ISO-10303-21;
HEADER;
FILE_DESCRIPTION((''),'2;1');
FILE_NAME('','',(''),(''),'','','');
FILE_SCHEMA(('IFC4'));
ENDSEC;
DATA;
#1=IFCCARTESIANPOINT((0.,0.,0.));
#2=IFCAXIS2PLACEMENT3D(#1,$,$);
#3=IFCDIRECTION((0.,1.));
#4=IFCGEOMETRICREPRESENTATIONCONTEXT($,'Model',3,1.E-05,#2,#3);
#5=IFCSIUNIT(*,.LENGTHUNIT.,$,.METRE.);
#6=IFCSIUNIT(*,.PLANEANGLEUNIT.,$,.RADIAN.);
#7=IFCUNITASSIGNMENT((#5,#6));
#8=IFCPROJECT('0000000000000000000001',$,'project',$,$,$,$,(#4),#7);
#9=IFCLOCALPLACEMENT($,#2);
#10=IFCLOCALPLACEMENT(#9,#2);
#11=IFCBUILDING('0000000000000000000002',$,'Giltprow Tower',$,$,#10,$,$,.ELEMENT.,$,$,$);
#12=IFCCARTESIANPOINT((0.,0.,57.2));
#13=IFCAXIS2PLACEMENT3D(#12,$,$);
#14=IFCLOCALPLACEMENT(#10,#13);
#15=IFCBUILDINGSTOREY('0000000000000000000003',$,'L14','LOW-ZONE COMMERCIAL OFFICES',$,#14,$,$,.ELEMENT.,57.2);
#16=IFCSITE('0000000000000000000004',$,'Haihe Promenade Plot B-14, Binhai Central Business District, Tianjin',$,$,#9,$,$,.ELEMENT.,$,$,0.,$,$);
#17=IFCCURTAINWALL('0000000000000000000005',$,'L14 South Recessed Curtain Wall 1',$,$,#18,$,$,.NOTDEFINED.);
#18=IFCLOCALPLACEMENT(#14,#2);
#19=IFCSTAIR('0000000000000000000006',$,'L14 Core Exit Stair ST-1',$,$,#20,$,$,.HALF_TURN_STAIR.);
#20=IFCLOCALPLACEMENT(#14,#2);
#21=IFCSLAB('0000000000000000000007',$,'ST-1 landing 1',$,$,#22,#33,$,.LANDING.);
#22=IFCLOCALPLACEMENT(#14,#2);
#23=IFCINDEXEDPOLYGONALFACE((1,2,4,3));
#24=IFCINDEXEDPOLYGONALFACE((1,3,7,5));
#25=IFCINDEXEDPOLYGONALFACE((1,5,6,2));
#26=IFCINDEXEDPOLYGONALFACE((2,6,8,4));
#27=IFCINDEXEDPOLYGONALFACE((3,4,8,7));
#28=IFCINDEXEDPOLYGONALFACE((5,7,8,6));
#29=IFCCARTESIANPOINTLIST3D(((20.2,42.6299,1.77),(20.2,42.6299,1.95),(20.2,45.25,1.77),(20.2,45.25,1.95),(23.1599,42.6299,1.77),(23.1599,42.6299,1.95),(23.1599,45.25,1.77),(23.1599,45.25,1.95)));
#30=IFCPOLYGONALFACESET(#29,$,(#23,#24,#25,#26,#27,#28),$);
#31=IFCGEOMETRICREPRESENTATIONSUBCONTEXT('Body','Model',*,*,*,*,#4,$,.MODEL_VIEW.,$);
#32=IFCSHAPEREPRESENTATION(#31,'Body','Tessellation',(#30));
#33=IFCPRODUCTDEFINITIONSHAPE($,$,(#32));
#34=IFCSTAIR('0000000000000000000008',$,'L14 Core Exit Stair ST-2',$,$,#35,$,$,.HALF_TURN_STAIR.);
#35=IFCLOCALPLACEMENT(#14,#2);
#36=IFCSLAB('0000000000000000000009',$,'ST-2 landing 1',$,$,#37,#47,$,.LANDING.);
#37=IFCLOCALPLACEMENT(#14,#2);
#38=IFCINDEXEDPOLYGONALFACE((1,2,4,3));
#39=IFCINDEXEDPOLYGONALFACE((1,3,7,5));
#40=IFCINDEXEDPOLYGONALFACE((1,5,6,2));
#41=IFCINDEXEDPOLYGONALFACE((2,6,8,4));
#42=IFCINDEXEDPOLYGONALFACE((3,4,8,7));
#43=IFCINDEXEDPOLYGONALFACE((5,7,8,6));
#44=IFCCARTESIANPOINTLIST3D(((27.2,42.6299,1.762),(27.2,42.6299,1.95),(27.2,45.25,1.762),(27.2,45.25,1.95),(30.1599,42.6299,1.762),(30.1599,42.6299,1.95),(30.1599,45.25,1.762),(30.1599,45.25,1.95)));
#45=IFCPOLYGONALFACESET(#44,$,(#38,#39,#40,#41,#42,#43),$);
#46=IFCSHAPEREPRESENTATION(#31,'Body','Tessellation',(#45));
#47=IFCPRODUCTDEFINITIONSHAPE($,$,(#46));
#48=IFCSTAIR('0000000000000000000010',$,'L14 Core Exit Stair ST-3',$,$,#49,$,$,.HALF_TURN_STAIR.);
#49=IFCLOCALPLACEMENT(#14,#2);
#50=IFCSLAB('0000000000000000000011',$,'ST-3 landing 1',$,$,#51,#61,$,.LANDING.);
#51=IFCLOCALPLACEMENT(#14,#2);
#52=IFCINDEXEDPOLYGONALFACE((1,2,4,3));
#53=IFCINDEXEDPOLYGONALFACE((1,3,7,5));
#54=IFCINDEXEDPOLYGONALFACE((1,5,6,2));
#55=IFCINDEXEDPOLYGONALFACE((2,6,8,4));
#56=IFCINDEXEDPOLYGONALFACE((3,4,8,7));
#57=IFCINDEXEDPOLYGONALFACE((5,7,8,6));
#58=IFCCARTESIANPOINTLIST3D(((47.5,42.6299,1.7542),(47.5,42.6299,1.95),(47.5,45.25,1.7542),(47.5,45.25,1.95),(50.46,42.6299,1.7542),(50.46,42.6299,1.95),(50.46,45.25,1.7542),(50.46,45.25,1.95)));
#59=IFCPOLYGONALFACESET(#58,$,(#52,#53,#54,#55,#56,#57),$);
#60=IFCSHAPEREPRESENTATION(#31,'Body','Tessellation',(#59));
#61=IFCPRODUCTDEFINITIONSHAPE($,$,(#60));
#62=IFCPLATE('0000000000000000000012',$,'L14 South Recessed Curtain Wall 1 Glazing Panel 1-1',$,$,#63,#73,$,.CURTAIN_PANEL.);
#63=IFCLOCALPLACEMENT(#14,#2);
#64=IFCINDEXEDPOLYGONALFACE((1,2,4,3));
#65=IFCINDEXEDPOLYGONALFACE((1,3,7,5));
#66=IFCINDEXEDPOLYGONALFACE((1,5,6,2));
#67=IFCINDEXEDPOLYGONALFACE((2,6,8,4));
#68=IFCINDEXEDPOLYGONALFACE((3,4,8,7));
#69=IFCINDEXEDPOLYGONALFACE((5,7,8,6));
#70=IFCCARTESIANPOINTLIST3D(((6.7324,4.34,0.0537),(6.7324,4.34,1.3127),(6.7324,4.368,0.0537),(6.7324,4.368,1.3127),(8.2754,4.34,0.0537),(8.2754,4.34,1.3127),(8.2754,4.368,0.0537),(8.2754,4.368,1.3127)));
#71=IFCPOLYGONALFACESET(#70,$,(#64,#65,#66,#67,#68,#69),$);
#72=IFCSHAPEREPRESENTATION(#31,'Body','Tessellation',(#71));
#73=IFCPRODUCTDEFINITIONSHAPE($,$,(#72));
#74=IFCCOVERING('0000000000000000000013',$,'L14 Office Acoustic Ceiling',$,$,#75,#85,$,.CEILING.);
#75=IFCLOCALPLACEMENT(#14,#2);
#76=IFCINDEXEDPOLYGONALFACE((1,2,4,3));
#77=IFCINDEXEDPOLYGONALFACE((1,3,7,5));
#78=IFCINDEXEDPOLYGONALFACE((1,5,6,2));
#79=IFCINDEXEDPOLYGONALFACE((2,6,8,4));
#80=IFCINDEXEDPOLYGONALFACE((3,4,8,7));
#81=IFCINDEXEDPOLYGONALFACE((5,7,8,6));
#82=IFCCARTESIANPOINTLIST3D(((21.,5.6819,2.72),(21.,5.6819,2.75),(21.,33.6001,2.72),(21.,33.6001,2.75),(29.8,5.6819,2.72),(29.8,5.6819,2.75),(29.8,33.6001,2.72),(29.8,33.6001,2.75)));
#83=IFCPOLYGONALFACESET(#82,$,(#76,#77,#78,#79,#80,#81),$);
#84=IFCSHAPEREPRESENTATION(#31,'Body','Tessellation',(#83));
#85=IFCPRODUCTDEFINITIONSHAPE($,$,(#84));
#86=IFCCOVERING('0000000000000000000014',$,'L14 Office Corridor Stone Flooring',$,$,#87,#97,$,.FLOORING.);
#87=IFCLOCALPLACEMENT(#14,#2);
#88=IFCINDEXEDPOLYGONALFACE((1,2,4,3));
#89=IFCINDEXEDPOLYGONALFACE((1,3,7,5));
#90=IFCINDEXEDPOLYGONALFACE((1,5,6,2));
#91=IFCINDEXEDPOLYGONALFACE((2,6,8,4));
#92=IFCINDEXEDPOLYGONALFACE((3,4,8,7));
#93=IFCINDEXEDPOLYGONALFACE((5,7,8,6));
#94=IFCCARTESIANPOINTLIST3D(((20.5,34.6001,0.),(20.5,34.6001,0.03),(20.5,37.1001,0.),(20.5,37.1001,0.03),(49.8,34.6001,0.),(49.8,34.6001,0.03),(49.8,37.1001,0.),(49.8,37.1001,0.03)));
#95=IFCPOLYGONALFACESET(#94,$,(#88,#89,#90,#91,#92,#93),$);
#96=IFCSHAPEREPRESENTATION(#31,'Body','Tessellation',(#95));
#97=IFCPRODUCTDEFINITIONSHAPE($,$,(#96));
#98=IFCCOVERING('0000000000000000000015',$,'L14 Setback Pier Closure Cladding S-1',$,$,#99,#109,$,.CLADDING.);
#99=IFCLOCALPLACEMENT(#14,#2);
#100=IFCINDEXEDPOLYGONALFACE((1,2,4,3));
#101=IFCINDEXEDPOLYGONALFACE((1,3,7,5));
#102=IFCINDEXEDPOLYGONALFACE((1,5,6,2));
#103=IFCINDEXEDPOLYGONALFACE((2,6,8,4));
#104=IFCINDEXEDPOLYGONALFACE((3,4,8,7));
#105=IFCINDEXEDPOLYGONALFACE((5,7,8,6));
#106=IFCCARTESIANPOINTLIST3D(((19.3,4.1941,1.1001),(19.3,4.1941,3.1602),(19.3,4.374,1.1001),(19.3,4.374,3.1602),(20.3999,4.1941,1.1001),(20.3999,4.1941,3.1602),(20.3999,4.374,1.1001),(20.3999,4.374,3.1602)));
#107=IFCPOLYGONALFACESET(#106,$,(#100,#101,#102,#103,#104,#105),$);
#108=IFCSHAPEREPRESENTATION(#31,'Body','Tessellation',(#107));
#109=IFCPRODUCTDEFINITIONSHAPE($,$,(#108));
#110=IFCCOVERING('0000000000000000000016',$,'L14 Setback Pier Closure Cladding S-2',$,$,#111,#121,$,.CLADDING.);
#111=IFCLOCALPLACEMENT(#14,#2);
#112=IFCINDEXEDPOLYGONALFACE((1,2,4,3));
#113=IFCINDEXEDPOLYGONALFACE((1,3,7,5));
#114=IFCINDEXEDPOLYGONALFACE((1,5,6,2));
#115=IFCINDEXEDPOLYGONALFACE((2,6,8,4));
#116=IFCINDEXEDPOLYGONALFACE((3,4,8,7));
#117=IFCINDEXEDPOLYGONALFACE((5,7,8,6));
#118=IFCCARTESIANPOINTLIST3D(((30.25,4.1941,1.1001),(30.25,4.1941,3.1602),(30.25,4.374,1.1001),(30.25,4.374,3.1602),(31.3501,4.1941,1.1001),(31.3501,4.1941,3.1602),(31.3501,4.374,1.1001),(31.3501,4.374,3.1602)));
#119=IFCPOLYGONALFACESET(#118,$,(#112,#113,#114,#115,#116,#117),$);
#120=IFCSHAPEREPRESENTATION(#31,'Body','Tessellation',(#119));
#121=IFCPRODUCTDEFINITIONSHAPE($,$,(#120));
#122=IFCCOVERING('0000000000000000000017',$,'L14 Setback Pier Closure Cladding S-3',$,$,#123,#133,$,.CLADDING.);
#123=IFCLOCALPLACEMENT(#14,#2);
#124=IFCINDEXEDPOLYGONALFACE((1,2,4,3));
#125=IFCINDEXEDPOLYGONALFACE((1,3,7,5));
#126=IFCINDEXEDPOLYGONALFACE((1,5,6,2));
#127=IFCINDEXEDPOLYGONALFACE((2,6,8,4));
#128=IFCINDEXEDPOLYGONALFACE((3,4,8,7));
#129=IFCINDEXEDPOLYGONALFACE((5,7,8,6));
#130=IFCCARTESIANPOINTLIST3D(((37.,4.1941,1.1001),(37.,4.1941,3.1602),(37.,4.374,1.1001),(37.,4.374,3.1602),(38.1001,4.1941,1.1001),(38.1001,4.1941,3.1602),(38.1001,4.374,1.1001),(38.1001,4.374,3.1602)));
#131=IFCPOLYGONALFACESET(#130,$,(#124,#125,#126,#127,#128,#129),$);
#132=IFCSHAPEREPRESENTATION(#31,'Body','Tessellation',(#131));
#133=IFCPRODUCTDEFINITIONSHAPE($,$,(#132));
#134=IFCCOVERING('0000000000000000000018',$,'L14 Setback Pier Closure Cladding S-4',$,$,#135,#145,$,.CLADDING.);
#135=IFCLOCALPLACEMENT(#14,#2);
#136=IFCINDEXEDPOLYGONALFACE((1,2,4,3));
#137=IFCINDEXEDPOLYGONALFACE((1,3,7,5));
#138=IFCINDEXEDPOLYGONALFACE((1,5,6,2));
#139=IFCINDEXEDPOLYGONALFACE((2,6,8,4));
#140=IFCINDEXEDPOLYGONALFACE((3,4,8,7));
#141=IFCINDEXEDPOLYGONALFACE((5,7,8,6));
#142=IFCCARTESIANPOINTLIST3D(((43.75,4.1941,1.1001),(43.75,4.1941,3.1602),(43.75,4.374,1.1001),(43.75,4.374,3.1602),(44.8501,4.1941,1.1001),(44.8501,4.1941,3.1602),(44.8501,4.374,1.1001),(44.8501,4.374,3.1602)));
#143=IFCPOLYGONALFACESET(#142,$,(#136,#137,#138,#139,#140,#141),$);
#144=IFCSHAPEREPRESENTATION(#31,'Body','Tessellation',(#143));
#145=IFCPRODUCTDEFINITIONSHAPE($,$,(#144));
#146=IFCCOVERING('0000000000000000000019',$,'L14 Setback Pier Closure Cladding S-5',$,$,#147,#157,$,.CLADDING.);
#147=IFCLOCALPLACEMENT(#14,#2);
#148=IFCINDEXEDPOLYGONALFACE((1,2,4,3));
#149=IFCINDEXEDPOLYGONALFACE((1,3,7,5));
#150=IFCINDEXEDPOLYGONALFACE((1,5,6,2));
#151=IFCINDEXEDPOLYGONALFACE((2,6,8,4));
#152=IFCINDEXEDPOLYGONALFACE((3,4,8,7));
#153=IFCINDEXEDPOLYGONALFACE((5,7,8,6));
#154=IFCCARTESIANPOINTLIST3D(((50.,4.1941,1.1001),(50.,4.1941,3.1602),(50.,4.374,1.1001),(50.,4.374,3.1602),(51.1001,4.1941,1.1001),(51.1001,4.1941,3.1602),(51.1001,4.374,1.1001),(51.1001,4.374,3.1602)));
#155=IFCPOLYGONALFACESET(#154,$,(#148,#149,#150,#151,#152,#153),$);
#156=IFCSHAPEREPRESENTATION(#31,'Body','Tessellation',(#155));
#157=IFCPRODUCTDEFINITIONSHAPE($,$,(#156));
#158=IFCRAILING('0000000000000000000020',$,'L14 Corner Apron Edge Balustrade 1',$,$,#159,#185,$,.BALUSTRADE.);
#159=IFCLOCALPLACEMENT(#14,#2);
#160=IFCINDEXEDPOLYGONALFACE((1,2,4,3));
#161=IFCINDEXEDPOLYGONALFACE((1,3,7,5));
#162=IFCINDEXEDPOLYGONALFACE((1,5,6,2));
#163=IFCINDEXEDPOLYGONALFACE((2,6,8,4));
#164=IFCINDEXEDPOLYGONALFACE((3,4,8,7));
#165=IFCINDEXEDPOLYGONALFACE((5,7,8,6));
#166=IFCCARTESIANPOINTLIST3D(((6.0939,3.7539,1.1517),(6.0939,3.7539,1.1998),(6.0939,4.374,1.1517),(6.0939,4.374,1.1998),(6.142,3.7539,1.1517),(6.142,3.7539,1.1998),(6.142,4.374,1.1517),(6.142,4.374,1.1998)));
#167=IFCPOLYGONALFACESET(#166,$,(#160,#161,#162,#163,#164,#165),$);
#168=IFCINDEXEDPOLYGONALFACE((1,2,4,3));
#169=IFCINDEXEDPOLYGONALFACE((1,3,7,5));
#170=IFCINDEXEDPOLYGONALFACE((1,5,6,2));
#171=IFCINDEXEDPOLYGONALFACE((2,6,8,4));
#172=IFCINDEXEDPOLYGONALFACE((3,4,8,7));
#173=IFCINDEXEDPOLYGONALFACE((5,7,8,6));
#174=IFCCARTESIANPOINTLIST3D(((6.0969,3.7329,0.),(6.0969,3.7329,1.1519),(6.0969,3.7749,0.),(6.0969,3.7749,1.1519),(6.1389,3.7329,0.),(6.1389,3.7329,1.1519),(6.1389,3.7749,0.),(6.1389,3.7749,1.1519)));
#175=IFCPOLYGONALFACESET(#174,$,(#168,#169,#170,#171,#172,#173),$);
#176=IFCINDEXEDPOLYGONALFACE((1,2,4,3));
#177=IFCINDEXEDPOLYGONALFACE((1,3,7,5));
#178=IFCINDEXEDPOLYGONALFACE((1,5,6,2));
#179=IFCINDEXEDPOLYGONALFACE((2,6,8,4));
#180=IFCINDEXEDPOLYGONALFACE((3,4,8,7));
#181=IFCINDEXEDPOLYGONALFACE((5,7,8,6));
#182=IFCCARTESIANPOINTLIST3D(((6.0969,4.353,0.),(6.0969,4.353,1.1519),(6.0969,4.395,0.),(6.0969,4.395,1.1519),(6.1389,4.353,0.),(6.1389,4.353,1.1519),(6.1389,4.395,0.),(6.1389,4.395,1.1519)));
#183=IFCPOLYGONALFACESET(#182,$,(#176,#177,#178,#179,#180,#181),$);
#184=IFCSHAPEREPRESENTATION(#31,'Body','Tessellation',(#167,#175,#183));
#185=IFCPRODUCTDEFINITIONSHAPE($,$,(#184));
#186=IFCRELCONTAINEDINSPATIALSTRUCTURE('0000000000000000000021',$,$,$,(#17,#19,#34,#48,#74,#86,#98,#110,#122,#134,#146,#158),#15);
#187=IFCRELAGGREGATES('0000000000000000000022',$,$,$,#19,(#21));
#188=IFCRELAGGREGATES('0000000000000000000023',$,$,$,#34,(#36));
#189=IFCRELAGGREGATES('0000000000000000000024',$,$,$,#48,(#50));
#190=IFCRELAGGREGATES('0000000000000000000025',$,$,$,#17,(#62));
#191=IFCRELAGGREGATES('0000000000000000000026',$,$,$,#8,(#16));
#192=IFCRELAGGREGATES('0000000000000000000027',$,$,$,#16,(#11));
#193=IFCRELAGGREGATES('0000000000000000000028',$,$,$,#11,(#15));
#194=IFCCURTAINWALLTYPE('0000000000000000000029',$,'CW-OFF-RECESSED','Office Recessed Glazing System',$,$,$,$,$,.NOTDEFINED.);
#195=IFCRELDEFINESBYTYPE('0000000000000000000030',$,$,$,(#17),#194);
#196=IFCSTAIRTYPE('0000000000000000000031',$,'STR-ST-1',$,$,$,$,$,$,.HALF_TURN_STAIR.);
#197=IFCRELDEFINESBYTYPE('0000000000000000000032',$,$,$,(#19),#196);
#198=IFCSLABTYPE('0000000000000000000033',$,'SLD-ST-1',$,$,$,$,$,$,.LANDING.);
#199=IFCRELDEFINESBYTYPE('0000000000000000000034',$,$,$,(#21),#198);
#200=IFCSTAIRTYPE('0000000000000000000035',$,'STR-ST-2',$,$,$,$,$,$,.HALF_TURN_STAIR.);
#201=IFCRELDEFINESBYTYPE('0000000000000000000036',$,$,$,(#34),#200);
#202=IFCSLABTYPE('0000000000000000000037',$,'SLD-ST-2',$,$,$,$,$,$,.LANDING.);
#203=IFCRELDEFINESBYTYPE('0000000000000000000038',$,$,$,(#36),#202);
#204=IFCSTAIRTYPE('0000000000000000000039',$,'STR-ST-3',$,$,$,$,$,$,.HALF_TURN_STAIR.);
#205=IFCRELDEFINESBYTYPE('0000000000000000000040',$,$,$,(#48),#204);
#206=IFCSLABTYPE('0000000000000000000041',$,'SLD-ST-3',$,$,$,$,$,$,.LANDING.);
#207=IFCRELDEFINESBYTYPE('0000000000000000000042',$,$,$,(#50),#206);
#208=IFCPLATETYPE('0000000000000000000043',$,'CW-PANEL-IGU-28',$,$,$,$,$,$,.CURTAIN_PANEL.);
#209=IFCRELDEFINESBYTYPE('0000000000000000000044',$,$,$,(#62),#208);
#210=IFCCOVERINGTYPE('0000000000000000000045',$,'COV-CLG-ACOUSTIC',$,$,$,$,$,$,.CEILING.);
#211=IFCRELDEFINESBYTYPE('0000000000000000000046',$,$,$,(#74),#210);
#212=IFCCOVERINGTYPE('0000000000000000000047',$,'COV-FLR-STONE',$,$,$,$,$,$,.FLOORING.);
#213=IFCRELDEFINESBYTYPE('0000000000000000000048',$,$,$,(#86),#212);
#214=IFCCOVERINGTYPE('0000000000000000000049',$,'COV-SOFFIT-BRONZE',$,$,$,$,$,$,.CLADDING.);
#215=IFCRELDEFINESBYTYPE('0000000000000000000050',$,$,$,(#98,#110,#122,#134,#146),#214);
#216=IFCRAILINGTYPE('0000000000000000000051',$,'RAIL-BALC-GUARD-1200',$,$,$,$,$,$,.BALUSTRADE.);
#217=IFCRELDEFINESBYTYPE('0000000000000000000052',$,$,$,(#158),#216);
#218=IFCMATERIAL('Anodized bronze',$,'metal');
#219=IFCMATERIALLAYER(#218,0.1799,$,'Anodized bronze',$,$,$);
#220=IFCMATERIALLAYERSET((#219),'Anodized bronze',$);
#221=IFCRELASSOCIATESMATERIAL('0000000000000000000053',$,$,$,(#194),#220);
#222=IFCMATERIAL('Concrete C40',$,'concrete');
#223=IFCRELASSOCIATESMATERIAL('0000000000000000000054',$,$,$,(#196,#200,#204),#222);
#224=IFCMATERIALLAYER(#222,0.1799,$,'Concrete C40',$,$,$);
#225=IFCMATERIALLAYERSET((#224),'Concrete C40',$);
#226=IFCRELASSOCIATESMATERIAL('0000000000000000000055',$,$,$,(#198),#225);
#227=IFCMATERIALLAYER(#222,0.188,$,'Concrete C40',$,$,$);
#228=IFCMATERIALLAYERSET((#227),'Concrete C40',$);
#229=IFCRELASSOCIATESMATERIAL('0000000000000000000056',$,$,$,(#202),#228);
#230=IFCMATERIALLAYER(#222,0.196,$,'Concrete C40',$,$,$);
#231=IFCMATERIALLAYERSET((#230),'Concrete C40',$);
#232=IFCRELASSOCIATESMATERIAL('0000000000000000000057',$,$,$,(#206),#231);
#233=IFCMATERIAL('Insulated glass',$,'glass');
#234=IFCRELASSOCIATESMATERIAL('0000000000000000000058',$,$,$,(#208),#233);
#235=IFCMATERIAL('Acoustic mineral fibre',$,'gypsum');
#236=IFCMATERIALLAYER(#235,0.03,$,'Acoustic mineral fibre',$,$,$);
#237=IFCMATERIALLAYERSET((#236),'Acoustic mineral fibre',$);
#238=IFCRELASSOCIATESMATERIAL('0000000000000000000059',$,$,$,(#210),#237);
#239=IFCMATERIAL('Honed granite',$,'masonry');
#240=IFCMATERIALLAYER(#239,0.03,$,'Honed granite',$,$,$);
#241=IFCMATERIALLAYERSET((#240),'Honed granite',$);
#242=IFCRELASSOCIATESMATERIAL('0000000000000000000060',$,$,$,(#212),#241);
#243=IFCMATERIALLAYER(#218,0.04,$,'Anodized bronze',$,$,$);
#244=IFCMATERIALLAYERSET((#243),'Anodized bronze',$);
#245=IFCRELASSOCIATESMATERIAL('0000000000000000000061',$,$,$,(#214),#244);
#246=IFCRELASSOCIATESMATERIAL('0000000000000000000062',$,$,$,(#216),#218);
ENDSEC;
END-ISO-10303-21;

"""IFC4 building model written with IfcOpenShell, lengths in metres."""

from ifc_helpers import new_model, si_unit, direction, frame, origin, origin_2d, place, context, subcontext, project, spatial, polyline, rectangle, outline, extrude, source, transform, mapped, material, layer, layer_set, type_object, element, aggregate, save


model = new_model("IFC4")

# Units and contexts
model_context = context("Model", 3, precision=1e-05, world=origin(), true_north=direction((0.0, 1.0)))
body_context = subcontext(model_context, "Body", "Model", "MODEL_VIEW")
ifc_project = project(units=[si_unit("LENGTHUNIT", "METRE"), si_unit("PLANEANGLEUNIT", "RADIAN")], contexts=[model_context])

# Site, building, storey
site_placement = place(None, origin())
site = spatial("IfcSite", under=ifc_project, at=site_placement, Name="Haihe Promenade Plot B-14, Binhai Central Business District, Tianjin", CompositionType="ELEMENT", RefElevation=0.0)
building_placement = place(site_placement, origin())
building = spatial("IfcBuilding", under=site, at=building_placement, Name="Giltprow Tower", CompositionType="ELEMENT")
storey_placement = place(building_placement, frame((0.0, 0.0, 57.2)))
storey = spatial("IfcBuildingStorey", under=building, at=storey_placement, Name="L14", Description="LOW-ZONE COMMERCIAL OFFICES", CompositionType="ELEMENT", Elevation=57.2)

# Curtain wall
ifc_material_1 = material(Name="Anodized bronze", Category="metal")
ifc_layer_1 = layer(ifc_material_1, 0.1799, Name="Anodized bronze")
ifc_layer_set_1 = layer_set([ifc_layer_1], Name="Anodized bronze")
curtain_wall_type = type_object("IfcCurtainWallType", Name="CW-OFF-RECESSED", Description="Office Recessed Glazing System", PredefinedType="NOTDEFINED", material=ifc_layer_set_1)
curtain_wall_placement = place(storey_placement, origin())
curtain_wall = element("IfcCurtainWall", 1, at=curtain_wall_placement, inside=storey, type_object=curtain_wall_type, Name="L14 South Recessed Curtain Wall 1", PredefinedType="NOTDEFINED")

# Shared definitions
ifc_material_2 = material(Name="Concrete C40", Category="concrete")

# Stairs, slabs
stair_type_1 = type_object("IfcStairType", Name="STR-ST-1", PredefinedType="HALF_TURN_STAIR", material=ifc_material_2)
stair_1_placement = place(storey_placement, origin())
stair_1 = element("IfcStair", 2, at=stair_1_placement, inside=storey, type_object=stair_type_1, Name="L14 Core Exit Stair ST-1", PredefinedType="HALF_TURN_STAIR")
ifc_layer_2 = layer(ifc_material_2, 0.1799, Name="Concrete C40")
ifc_layer_set_2 = layer_set([ifc_layer_2], Name="Concrete C40")
slab_type_1 = type_object("IfcSlabType", Name="SLD-ST-1", PredefinedType="LANDING", material=ifc_layer_set_2)
slab_1_placement = place(storey_placement, frame((0.0, 0.0, 1.77)))
slab_1 = element("IfcSlab", 3, at=slab_1_placement, type_object=slab_type_1, Name="ST-1 landing 1", PredefinedType="LANDING", context=body_context, shape_type="SweptSolid", body=[
    extrude(outline(polyline([(23.1599, 42.6299), (23.1599, 45.25), (20.2, 45.25), (20.2, 42.6299), (23.1599, 42.6299)])), origin(), (0.0, 0.0, 1.0), 0.1799),
])
aggregate(stair_1, [slab_1])
stair_type_2 = type_object("IfcStairType", Name="STR-ST-2", PredefinedType="HALF_TURN_STAIR", material=ifc_material_2)
stair_2_placement = place(storey_placement, origin())
stair_2 = element("IfcStair", 4, at=stair_2_placement, inside=storey, type_object=stair_type_2, Name="L14 Core Exit Stair ST-2", PredefinedType="HALF_TURN_STAIR")
ifc_layer_3 = layer(ifc_material_2, 0.188, Name="Concrete C40")
ifc_layer_set_3 = layer_set([ifc_layer_3], Name="Concrete C40")
slab_type_2 = type_object("IfcSlabType", Name="SLD-ST-2", PredefinedType="LANDING", material=ifc_layer_set_3)
slab_2_placement = place(storey_placement, frame((0.0, 0.0, 1.762)))
slab_2 = element("IfcSlab", 5, at=slab_2_placement, type_object=slab_type_2, Name="ST-2 landing 1", PredefinedType="LANDING", context=body_context, shape_type="SweptSolid", body=[
    extrude(outline(polyline([(30.1599, 42.6299), (30.1599, 45.25), (27.2, 45.25), (27.2, 42.6299), (30.1599, 42.6299)])), origin(), (0.0, 0.0, 1.0), 0.188),
])
aggregate(stair_2, [slab_2])
stair_type_3 = type_object("IfcStairType", Name="STR-ST-3", PredefinedType="HALF_TURN_STAIR", material=ifc_material_2)
stair_3_placement = place(storey_placement, origin())
stair_3 = element("IfcStair", 6, at=stair_3_placement, inside=storey, type_object=stair_type_3, Name="L14 Core Exit Stair ST-3", PredefinedType="HALF_TURN_STAIR")
ifc_layer_4 = layer(ifc_material_2, 0.196, Name="Concrete C40")
ifc_layer_set_4 = layer_set([ifc_layer_4], Name="Concrete C40")
slab_type_3 = type_object("IfcSlabType", Name="SLD-ST-3", PredefinedType="LANDING", material=ifc_layer_set_4)
slab_3_placement = place(storey_placement, frame((0.0, 0.0, 1.7542)))
slab_3 = element("IfcSlab", 7, at=slab_3_placement, type_object=slab_type_3, Name="ST-3 landing 1", PredefinedType="LANDING", context=body_context, shape_type="SweptSolid", body=[
    extrude(outline(polyline([(50.46, 42.6299), (50.46, 45.25), (47.5, 45.25), (47.5, 42.6299), (50.46, 42.6299)])), origin(), (0.0, 0.0, 1.0), 0.1958),
])
aggregate(stair_3, [slab_3])

# Plate
ifc_material_3 = material(Name="Insulated glass", Category="glass")
plate_type = type_object("IfcPlateType", Name="CW-PANEL-IGU-28", PredefinedType="CURTAIN_PANEL", material=ifc_material_3)
shared_shape_1 = source(origin(), body_context, "Body", "SweptSolid", [
    extrude(rectangle(XDim=1.543, YDim=0.0281, at=origin_2d()), origin(), (0.0, 0.0, 1.0), 1.259),
])
plate_placement = place(storey_placement, frame((7.5039, 4.354, 0.0537), z_axis=(0.0, 0.0, 1.0), x_axis=(1.0, 0.0, 0.0)))
plate = element("IfcPlate", 8, at=plate_placement, type_object=plate_type, Name="L14 South Recessed Curtain Wall 1 Glazing Panel 1-1", PredefinedType="CURTAIN_PANEL", context=body_context, shape_type="MappedRepresentation", body=[
    mapped(shared_shape_1, transform((0.0, 0.0, 0.0), x_axis=(1.0, 0.0, 0.0), y_axis=(0.0, 1.0, 0.0), z_axis=(0.0, 0.0, 1.0), scale=1.0)),
])
aggregate(curtain_wall, [plate])

# Coverings
ifc_material_4 = material(Name="Acoustic mineral fibre", Category="gypsum")
ifc_layer_5 = layer(ifc_material_4, 0.03, Name="Acoustic mineral fibre")
ifc_layer_set_5 = layer_set([ifc_layer_5], Name="Acoustic mineral fibre")
covering_type_1 = type_object("IfcCoveringType", Name="COV-CLG-ACOUSTIC", PredefinedType="CEILING", material=ifc_layer_set_5)
covering_1_placement = place(storey_placement, frame((0.0, 0.0, 2.72)))
element("IfcCovering", 9, at=covering_1_placement, inside=storey, type_object=covering_type_1, Name="L14 Office Acoustic Ceiling", PredefinedType="CEILING", context=body_context, shape_type="SweptSolid", body=[
    extrude(outline(polyline([(21.0, 5.6819), (29.8, 5.6819), (29.8, 33.6001), (21.0, 33.6001), (21.0, 5.6819)])), origin(), (0.0, 0.0, 1.0), 0.03),
])
ifc_material_5 = material(Name="Honed granite", Category="masonry")
ifc_layer_6 = layer(ifc_material_5, 0.03, Name="Honed granite")
ifc_layer_set_6 = layer_set([ifc_layer_6], Name="Honed granite")
covering_type_2 = type_object("IfcCoveringType", Name="COV-FLR-STONE", PredefinedType="FLOORING", material=ifc_layer_set_6)
covering_2_placement = place(storey_placement, origin())
element("IfcCovering", 10, at=covering_2_placement, inside=storey, type_object=covering_type_2, Name="L14 Office Corridor Stone Flooring", PredefinedType="FLOORING", context=body_context, shape_type="SweptSolid", body=[
    extrude(outline(polyline([(20.5, 34.6001), (49.8, 34.6001), (49.8, 37.1001), (20.5, 37.1001), (20.5, 34.6001)])), origin(), (0.0, 0.0, 1.0), 0.03),
])
ifc_layer_7 = layer(ifc_material_1, 0.04, Name="Anodized bronze")
ifc_layer_set_7 = layer_set([ifc_layer_7], Name="Anodized bronze")
covering_type_3 = type_object("IfcCoveringType", Name="COV-SOFFIT-BRONZE", PredefinedType="CLADDING", material=ifc_layer_set_7)
covering_3_placement = place(storey_placement, frame((0.0, 0.0, 1.1001)))
element("IfcCovering", 11, at=covering_3_placement, inside=storey, type_object=covering_type_3, Name="L14 Setback Pier Closure Cladding S-1", PredefinedType="CLADDING", context=body_context, shape_type="SweptSolid", body=[
    extrude(outline(polyline([(19.3, 4.1941), (20.3999, 4.1941), (20.3999, 4.374), (19.3, 4.374), (19.3, 4.1941)])), origin(), (0.0, 0.0, 1.0), 2.0601),
])
covering_4_placement = place(storey_placement, frame((0.0, 0.0, 1.1001)))
element("IfcCovering", 12, at=covering_4_placement, inside=storey, type_object=covering_type_3, Name="L14 Setback Pier Closure Cladding S-2", PredefinedType="CLADDING", context=body_context, shape_type="SweptSolid", body=[
    extrude(outline(polyline([(30.25, 4.1941), (31.3501, 4.1941), (31.3501, 4.374), (30.25, 4.374), (30.25, 4.1941)])), origin(), (0.0, 0.0, 1.0), 2.0601),
])
covering_5_placement = place(storey_placement, frame((0.0, 0.0, 1.1001)))
element("IfcCovering", 13, at=covering_5_placement, inside=storey, type_object=covering_type_3, Name="L14 Setback Pier Closure Cladding S-3", PredefinedType="CLADDING", context=body_context, shape_type="SweptSolid", body=[
    extrude(outline(polyline([(37.0, 4.1941), (38.1001, 4.1941), (38.1001, 4.374), (37.0, 4.374), (37.0, 4.1941)])), origin(), (0.0, 0.0, 1.0), 2.0601),
])
covering_6_placement = place(storey_placement, frame((0.0, 0.0, 1.1001)))
element("IfcCovering", 14, at=covering_6_placement, inside=storey, type_object=covering_type_3, Name="L14 Setback Pier Closure Cladding S-4", PredefinedType="CLADDING", context=body_context, shape_type="SweptSolid", body=[
    extrude(outline(polyline([(43.75, 4.1941), (44.8501, 4.1941), (44.8501, 4.374), (43.75, 4.374), (43.75, 4.1941)])), origin(), (0.0, 0.0, 1.0), 2.0601),
])
covering_7_placement = place(storey_placement, frame((0.0, 0.0, 1.1001)))
element("IfcCovering", 15, at=covering_7_placement, inside=storey, type_object=covering_type_3, Name="L14 Setback Pier Closure Cladding S-5", PredefinedType="CLADDING", context=body_context, shape_type="SweptSolid", body=[
    extrude(outline(polyline([(50.0, 4.1941), (51.1001, 4.1941), (51.1001, 4.374), (50.0, 4.374), (50.0, 4.1941)])), origin(), (0.0, 0.0, 1.0), 2.0601),
])

# Railing
railing_type = type_object("IfcRailingType", Name="RAIL-BALC-GUARD-1200", PredefinedType="BALUSTRADE", material=ifc_material_1)
railing_placement = place(storey_placement, frame((6.1179, 3.7539, 0.0)))
element("IfcRailing", 16, at=railing_placement, inside=storey, type_object=railing_type, Name="L14 Corner Apron Edge Balustrade 1", PredefinedType="BALUSTRADE", context=body_context, shape_type="SweptSolid", body=[
    extrude(rectangle(XDim=0.0481, YDim=0.0481, at=origin_2d()), frame((0.0, 0.0, 1.1758), z_axis=(0.0, 1.0, 0.0), x_axis=(-1.0, 0.0, 0.0)), (0.0, 0.0, 1.0), 0.6201),
    extrude(rectangle(XDim=0.042, YDim=0.042, at=origin_2d()), origin(), (0.0, 0.0, 1.0), 1.1519),
    extrude(rectangle(XDim=0.042, YDim=0.042, at=origin_2d()), frame((0.0, 0.6201, 0.0)), (0.0, 0.0, 1.0), 1.1519),
])

save(model, "model.ifc")
